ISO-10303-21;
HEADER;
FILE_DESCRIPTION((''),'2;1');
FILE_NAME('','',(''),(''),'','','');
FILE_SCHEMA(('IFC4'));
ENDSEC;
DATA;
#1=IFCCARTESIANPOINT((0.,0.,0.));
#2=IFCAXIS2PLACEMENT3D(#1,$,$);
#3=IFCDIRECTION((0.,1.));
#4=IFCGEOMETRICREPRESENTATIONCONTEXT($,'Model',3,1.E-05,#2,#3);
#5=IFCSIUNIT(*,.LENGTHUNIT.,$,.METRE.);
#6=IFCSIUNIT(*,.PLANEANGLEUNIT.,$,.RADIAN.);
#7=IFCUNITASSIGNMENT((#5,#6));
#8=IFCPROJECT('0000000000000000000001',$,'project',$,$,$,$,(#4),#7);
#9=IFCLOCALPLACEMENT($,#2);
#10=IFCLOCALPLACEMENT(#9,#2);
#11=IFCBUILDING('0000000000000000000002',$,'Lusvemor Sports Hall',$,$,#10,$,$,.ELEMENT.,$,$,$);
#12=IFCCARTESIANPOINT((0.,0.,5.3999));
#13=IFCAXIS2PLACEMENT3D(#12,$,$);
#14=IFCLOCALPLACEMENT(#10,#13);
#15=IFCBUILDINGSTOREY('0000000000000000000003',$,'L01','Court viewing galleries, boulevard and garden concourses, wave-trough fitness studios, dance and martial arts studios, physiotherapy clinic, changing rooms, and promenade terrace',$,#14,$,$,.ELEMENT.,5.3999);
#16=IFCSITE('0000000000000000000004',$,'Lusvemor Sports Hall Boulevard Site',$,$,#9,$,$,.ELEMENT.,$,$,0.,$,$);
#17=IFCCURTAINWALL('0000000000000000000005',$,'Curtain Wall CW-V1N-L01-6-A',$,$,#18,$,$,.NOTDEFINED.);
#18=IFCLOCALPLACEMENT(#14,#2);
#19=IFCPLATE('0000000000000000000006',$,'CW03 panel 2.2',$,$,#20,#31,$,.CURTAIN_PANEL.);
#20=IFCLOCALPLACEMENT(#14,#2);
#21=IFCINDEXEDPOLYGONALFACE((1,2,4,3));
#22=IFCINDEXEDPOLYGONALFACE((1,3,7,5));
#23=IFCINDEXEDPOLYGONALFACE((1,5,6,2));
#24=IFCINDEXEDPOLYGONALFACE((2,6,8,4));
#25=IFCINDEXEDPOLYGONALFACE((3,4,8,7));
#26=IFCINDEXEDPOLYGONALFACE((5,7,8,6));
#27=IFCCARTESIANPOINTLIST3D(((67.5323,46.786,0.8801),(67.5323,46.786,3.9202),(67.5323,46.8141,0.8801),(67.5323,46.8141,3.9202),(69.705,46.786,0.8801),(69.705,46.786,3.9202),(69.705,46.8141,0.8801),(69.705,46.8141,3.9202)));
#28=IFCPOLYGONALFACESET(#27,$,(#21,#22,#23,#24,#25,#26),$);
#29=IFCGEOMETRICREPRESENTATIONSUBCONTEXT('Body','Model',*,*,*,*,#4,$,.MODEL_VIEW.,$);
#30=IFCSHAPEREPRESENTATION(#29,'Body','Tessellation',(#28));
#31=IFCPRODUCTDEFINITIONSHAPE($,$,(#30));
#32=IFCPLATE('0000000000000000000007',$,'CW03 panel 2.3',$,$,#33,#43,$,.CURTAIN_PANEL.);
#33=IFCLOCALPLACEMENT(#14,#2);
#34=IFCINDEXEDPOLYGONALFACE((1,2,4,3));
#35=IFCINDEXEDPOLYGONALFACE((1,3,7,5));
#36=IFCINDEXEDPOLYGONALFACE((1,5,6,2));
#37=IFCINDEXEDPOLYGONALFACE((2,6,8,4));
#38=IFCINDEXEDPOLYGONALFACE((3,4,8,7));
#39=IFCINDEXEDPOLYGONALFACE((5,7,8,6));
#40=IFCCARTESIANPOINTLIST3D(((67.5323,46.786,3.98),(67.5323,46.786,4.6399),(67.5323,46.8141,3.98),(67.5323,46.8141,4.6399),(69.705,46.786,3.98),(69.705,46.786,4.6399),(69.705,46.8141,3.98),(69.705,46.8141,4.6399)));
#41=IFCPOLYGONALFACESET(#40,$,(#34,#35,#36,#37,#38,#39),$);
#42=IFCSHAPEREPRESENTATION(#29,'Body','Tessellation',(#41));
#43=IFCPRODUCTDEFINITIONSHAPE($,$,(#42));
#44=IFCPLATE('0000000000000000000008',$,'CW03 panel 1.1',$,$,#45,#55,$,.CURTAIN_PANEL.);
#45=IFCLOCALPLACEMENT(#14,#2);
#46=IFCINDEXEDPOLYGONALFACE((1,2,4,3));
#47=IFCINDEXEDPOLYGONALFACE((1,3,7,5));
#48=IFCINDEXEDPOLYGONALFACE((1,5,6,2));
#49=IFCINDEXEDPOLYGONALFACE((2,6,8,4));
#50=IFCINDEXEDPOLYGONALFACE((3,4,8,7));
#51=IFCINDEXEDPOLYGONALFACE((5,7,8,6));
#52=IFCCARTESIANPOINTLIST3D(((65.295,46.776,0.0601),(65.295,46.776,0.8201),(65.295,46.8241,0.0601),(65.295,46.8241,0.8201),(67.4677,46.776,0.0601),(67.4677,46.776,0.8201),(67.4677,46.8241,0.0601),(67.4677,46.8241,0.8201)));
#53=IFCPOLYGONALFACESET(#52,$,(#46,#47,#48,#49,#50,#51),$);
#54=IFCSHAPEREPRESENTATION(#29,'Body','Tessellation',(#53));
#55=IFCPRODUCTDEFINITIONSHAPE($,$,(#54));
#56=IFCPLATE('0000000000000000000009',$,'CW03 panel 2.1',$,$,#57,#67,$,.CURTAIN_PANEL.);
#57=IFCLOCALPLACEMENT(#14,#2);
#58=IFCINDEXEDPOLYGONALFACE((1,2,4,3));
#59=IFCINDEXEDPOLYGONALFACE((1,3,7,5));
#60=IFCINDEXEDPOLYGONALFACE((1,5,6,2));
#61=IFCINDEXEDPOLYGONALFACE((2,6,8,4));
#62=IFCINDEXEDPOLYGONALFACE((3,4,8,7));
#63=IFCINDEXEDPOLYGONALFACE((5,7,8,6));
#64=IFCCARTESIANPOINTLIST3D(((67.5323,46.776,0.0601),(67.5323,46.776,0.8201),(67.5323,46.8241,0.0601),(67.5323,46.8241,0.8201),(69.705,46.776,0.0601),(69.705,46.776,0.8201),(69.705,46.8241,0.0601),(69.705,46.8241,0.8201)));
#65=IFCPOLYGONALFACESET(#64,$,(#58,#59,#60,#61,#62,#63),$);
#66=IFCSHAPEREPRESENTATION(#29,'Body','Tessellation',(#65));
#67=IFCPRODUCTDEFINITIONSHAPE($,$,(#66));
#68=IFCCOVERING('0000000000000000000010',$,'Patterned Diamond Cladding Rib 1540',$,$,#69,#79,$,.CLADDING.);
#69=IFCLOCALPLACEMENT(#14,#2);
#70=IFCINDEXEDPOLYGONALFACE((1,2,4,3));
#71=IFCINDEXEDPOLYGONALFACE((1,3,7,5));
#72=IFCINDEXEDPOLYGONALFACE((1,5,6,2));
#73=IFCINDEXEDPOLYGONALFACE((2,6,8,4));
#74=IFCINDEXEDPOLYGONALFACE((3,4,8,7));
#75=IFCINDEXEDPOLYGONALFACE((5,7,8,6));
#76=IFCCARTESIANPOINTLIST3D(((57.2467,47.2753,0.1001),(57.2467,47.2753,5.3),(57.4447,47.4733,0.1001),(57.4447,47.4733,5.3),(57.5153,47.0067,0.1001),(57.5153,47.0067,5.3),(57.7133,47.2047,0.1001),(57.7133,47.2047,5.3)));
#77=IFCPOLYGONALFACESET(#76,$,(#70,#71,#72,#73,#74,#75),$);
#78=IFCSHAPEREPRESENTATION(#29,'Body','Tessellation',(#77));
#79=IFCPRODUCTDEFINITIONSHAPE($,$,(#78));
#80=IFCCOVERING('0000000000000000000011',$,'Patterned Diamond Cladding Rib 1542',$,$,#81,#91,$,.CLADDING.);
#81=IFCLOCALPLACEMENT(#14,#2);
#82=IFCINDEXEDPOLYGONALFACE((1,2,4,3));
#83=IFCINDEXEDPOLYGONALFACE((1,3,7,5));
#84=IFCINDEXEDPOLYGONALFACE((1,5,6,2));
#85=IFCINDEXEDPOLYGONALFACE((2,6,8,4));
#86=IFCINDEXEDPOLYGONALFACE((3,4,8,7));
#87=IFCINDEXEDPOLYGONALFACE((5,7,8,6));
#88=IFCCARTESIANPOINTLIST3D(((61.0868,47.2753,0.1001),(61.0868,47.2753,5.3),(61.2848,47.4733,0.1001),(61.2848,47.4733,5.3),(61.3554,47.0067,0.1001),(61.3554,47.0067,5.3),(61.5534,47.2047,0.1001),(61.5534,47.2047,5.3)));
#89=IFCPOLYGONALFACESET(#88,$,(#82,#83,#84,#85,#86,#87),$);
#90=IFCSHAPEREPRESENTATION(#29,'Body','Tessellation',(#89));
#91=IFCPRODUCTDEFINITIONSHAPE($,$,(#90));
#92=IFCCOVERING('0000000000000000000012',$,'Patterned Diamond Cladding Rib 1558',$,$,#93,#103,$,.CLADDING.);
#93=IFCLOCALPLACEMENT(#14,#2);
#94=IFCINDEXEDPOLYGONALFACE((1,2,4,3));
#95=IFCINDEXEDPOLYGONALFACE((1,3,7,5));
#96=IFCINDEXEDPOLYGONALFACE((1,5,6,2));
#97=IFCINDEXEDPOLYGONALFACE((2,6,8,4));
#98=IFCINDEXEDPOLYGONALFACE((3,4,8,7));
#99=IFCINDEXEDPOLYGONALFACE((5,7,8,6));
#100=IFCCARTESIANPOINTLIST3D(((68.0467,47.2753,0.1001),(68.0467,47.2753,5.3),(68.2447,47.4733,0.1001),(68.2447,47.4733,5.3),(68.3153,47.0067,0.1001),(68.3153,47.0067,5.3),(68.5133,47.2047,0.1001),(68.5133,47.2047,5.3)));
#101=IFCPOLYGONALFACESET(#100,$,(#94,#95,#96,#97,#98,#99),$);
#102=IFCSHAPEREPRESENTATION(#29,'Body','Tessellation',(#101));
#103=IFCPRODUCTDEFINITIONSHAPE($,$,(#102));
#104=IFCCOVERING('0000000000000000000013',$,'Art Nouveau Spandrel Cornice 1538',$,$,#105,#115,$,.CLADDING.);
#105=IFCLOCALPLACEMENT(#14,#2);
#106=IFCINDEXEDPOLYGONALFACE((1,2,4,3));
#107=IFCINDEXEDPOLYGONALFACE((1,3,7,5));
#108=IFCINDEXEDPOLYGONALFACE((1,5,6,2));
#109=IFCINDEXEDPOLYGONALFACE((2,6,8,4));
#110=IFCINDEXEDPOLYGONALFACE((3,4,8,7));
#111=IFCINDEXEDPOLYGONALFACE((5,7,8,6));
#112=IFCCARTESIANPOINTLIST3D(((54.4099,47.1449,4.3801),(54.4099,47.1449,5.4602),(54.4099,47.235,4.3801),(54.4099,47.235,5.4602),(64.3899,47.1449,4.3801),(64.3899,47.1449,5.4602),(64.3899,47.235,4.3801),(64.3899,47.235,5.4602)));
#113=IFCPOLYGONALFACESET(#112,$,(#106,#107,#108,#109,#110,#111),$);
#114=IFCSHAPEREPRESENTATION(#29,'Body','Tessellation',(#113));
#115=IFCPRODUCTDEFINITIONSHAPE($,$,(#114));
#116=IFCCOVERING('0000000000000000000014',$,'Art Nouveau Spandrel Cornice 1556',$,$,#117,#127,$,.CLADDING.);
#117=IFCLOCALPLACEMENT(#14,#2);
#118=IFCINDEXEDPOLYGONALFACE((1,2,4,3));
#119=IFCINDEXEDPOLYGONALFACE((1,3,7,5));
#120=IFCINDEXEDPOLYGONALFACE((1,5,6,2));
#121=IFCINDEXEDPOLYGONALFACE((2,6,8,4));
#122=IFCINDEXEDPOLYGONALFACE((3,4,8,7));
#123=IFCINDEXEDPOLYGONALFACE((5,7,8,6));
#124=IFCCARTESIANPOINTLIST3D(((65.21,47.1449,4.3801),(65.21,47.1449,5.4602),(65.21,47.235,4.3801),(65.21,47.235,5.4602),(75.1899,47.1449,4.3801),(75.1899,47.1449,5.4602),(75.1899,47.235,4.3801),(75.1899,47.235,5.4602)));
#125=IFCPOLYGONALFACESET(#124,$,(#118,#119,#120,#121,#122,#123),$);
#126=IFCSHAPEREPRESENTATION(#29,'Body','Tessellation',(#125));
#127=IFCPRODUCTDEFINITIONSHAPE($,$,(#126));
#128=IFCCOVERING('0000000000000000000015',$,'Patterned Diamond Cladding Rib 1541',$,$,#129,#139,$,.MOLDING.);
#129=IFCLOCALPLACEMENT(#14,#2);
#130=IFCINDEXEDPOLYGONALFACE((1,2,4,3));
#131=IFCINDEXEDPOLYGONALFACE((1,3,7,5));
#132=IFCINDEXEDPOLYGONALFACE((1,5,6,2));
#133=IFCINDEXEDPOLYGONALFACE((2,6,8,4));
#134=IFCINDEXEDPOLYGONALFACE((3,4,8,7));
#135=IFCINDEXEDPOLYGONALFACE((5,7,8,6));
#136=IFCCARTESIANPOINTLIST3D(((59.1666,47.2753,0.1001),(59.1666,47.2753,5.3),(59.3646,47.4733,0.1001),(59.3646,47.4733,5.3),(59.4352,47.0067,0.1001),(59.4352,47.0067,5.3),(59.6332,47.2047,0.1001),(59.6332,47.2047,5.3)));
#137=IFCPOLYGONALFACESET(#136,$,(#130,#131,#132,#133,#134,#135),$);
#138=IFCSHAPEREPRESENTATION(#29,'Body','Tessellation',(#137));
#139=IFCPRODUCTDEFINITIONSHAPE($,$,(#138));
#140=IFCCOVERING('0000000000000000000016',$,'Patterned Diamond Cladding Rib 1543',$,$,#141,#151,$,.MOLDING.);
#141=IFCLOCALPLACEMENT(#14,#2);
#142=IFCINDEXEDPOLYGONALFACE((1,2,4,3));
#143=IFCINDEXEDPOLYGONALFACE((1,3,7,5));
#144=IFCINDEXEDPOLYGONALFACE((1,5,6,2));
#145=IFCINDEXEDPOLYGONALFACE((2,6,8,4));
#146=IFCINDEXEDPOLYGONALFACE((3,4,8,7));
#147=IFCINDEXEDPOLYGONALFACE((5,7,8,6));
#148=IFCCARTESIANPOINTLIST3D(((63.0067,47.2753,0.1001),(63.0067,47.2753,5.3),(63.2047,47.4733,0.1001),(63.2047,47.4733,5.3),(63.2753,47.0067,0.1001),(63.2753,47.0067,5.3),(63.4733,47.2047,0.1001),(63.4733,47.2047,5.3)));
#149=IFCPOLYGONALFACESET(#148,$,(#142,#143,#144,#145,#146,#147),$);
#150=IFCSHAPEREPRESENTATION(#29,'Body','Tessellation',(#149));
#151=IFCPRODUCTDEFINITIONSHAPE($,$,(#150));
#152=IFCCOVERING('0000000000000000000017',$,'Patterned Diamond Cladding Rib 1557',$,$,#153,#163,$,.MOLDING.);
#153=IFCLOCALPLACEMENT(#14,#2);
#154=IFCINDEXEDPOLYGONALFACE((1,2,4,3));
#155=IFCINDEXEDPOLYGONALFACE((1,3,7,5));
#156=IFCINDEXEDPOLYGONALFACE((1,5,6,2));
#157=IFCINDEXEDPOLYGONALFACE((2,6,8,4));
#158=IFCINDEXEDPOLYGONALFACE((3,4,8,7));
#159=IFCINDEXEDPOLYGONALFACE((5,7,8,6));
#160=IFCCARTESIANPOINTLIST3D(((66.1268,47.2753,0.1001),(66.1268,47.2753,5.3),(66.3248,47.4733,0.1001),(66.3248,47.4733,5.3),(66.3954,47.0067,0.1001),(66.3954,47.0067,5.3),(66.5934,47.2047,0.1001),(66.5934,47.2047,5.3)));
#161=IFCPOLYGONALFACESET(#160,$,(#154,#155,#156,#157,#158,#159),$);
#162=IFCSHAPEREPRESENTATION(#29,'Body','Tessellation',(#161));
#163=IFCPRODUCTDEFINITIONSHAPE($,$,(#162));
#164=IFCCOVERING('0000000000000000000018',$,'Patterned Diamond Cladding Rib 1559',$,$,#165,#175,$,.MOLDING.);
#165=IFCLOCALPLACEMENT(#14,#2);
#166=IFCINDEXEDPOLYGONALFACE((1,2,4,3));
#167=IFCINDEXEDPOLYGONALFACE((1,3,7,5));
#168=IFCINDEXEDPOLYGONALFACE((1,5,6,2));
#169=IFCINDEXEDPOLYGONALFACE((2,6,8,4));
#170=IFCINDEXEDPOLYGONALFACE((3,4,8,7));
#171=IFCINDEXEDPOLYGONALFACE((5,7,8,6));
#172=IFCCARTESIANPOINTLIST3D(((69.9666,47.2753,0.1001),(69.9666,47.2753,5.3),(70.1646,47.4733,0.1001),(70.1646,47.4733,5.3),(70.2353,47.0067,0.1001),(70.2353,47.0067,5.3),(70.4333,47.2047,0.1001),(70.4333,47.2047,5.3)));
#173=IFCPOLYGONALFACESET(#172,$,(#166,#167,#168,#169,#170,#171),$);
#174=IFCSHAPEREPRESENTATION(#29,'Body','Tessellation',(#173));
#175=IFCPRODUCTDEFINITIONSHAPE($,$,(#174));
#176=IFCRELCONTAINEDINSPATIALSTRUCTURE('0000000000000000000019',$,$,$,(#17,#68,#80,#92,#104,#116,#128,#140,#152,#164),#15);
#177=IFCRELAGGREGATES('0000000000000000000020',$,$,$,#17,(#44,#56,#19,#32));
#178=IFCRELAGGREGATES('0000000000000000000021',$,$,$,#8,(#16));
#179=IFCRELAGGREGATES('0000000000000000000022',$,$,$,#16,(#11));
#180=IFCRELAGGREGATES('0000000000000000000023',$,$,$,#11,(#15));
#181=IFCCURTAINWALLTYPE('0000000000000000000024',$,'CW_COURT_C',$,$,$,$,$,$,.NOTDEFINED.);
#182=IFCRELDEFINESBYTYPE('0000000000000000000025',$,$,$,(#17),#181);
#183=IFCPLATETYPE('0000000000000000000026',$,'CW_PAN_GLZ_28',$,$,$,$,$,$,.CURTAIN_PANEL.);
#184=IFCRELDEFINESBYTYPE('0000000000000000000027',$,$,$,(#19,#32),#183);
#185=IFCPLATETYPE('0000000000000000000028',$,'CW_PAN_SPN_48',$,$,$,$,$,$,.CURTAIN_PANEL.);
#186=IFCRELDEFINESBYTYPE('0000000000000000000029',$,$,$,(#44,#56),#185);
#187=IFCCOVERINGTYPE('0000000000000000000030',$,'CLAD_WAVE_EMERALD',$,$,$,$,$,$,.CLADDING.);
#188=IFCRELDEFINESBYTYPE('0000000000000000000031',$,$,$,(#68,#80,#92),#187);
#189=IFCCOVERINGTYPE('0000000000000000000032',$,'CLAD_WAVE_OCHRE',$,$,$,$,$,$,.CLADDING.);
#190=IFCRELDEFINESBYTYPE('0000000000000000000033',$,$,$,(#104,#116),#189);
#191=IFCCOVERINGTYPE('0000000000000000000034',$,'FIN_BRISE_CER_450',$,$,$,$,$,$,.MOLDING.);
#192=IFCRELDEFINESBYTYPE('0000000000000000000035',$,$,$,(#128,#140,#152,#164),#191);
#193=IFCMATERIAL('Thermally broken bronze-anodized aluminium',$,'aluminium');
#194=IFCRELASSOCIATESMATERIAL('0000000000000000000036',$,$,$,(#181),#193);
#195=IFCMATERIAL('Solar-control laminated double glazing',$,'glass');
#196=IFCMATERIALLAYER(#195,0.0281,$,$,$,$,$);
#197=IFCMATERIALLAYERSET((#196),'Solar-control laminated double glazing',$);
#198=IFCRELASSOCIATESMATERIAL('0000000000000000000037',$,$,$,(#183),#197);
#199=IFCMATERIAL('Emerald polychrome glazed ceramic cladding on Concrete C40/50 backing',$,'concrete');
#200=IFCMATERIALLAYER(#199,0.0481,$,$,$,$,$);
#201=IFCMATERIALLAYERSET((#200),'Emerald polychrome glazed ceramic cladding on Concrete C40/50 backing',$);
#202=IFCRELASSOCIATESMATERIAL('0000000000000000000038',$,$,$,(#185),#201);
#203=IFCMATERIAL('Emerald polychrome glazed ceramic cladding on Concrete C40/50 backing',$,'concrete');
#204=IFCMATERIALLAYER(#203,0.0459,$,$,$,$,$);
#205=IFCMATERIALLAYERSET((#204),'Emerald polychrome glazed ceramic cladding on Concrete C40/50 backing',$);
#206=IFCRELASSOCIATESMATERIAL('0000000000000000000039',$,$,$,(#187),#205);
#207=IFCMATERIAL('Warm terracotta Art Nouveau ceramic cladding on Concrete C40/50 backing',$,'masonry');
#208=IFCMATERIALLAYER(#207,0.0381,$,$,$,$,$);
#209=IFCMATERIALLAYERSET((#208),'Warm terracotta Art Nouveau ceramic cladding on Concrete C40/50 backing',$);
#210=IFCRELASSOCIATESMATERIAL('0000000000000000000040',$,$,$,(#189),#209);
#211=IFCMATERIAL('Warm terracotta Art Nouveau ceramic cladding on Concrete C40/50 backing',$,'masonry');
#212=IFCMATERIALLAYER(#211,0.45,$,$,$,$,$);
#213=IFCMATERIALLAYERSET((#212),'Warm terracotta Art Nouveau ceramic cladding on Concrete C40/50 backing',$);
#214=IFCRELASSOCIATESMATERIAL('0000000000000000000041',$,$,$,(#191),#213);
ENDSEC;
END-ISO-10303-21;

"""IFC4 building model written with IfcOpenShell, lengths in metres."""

from ifc_helpers import new_model, si_unit, direction, frame, origin, origin_2d, place, context, subcontext, project, spatial, rectangle, extrude, material, layer, layer_set, type_object, element, aggregate, save


model = new_model("IFC4")

# Units and contexts
model_context = context("Model", 3, precision=1e-05, world=origin(), true_north=direction((0.0, 1.0)))
body_context = subcontext(model_context, "Body", "Model", "MODEL_VIEW")
ifc_project = project(units=[si_unit("LENGTHUNIT", "METRE"), si_unit("PLANEANGLEUNIT", "RADIAN")], contexts=[model_context])

# Site, building, storey
site_placement = place(None, origin())
site = spatial("IfcSite", under=ifc_project, at=site_placement, Name="Lusvemor Sports Hall Boulevard Site", CompositionType="ELEMENT", RefElevation=0.0)
building_placement = place(site_placement, origin())
building = spatial("IfcBuilding", under=site, at=building_placement, Name="Lusvemor Sports Hall", CompositionType="ELEMENT")
storey_placement = place(building_placement, frame((0.0, 0.0, 5.3999)))
storey = spatial("IfcBuildingStorey", under=building, at=storey_placement, Name="L01", Description="Court viewing galleries, boulevard and garden concourses, wave-trough fitness studios, dance and martial arts studios, physiotherapy clinic, changing rooms, and promenade terrace", CompositionType="ELEMENT", Elevation=5.3999)

# Shared definitions
ifc_material_1 = material(Name="Thermally broken bronze-anodized aluminium", Category="aluminium")
curtain_wall_type = type_object("IfcCurtainWallType", Name="CW_COURT_C", PredefinedType="NOTDEFINED", material=ifc_material_1)

# Curtain wall
curtain_wall_1_placement = place(storey_placement, origin())
curtain_wall_1 = element("IfcCurtainWall", 1, at=curtain_wall_1_placement, inside=storey, type_object=curtain_wall_type, Name="Curtain Wall CW-V1N-L01-6-A", PredefinedType="NOTDEFINED")

# Plates
ifc_material_2 = material(Name="Solar-control laminated double glazing", Category="glass")
ifc_layer_1 = layer(ifc_material_2, 0.0281)
ifc_layer_set_1 = layer_set([ifc_layer_1], Name="Solar-control laminated double glazing")
plate_type_1 = type_object("IfcPlateType", Name="CW_PAN_GLZ_28", PredefinedType="CURTAIN_PANEL", material=ifc_layer_set_1)
plate_1_placement = place(storey_placement, frame((68.6187, 46.8, 0.8801), z_axis=(0.0, 0.0, 1.0), x_axis=(1.0, 0.0, 0.0)))
plate_1 = element("IfcPlate", 2, at=plate_1_placement, type_object=plate_type_1, Name="CW03 panel 2.2", PredefinedType="CURTAIN_PANEL", context=body_context, shape_type="SweptSolid", body=[
    extrude(rectangle(XDim=2.1726, YDim=0.0281, at=origin_2d()), origin(), (0.0, 0.0, 1.0), 3.04),
])
plate_2_placement = place(storey_placement, frame((68.6187, 46.8, 3.98), z_axis=(0.0, 0.0, 1.0), x_axis=(1.0, 0.0, 0.0)))
plate_2 = element("IfcPlate", 3, at=plate_2_placement, type_object=plate_type_1, Name="CW03 panel 2.3", PredefinedType="CURTAIN_PANEL", context=body_context, shape_type="SweptSolid", body=[
    extrude(rectangle(XDim=2.1726, YDim=0.0281, at=origin_2d()), origin(), (0.0, 0.0, 1.0), 0.6599),
])
ifc_material_3 = material(Name="Emerald polychrome glazed ceramic cladding on Concrete C40/50 backing", Category="concrete")
ifc_layer_2 = layer(ifc_material_3, 0.0481)
ifc_layer_set_2 = layer_set([ifc_layer_2], Name="Emerald polychrome glazed ceramic cladding on Concrete C40/50 backing")
plate_type_2 = type_object("IfcPlateType", Name="CW_PAN_SPN_48", PredefinedType="CURTAIN_PANEL", material=ifc_layer_set_2)
plate_3_placement = place(storey_placement, frame((66.3813, 46.8, 0.0601), z_axis=(0.0, 0.0, 1.0), x_axis=(1.0, 0.0, 0.0)))
plate_3 = element("IfcPlate", 4, at=plate_3_placement, type_object=plate_type_2, Name="CW03 panel 1.1", PredefinedType="CURTAIN_PANEL", context=body_context, shape_type="SweptSolid", body=[
    extrude(rectangle(XDim=2.1726, YDim=0.0481, at=origin_2d()), origin(), (0.0, 0.0, 1.0), 0.76),
])
plate_4_placement = place(storey_placement, frame((68.6187, 46.8, 0.0601), z_axis=(0.0, 0.0, 1.0), x_axis=(1.0, 0.0, 0.0)))
plate_4 = element("IfcPlate", 5, at=plate_4_placement, type_object=plate_type_2, Name="CW03 panel 2.1", PredefinedType="CURTAIN_PANEL", context=body_context, shape_type="SweptSolid", body=[
    extrude(rectangle(XDim=2.1726, YDim=0.0481, at=origin_2d()), origin(), (0.0, 0.0, 1.0), 0.76),
])
aggregate(curtain_wall_1, [plate_3, plate_4, plate_1, plate_2])

# Coverings
ifc_material_4 = material(Name="Emerald polychrome glazed ceramic cladding on Concrete C40/50 backing", Category="concrete")
ifc_layer_3 = layer(ifc_material_4, 0.0459)
ifc_layer_set_3 = layer_set([ifc_layer_3], Name="Emerald polychrome glazed ceramic cladding on Concrete C40/50 backing")
covering_type_1 = type_object("IfcCoveringType", Name="CLAD_WAVE_EMERALD", PredefinedType="CLADDING", material=ifc_layer_set_3)
for number, where, z_axis, x_axis, name in (
    (6, (57.48, 47.24, 0.1001), (0.0, 0.0, 1.0), (0.707107, 0.707107, 0.0), "Patterned Diamond Cladding Rib 1540"),
    (7, (61.3201, 47.24, 0.1001), (0.0, 0.0, 1.0), (0.707107, 0.707107, 0.0), "Patterned Diamond Cladding Rib 1542"),
    (8, (68.28, 47.24, 0.1001), (0.0, 0.0, 1.0), (0.707107, 0.707107, 0.0), "Patterned Diamond Cladding Rib 1558"),
):
    element("IfcCovering", number, at=place(storey_placement, frame(where, z_axis=z_axis, x_axis=x_axis)), inside=storey, type_object=covering_type_1, Name=name, PredefinedType="CLADDING", context=body_context, shape_type="SweptSolid", body=[
        extrude(rectangle(XDim=0.28, YDim=0.3799, at=origin_2d()), origin(), (0.0, 0.0, 1.0), 5.2),
    ])
ifc_material_5 = material(Name="Warm terracotta Art Nouveau ceramic cladding on Concrete C40/50 backing", Category="masonry")
ifc_layer_4 = layer(ifc_material_5, 0.0381)
ifc_layer_set_4 = layer_set([ifc_layer_4], Name="Warm terracotta Art Nouveau ceramic cladding on Concrete C40/50 backing")
covering_type_2 = type_object("IfcCoveringType", Name="CLAD_WAVE_OCHRE", PredefinedType="CLADDING", material=ifc_layer_set_4)
for number, where, z_axis, x_axis, name in (
    (9, (59.3999, 47.1899, 4.3801), (0.0, 0.0, 1.0), (1.0, 0.0, 0.0), "Art Nouveau Spandrel Cornice 1538"),
    (10, (70.2, 47.1899, 4.3801), (0.0, 0.0, 1.0), (1.0, 0.0, 0.0), "Art Nouveau Spandrel Cornice 1556"),
):
    element("IfcCovering", number, at=place(storey_placement, frame(where, z_axis=z_axis, x_axis=x_axis)), inside=storey, type_object=covering_type_2, Name=name, PredefinedType="CLADDING", context=body_context, shape_type="SweptSolid", body=[
        extrude(rectangle(XDim=9.98, YDim=0.0901, at=origin_2d()), origin(), (0.0, 0.0, 1.0), 1.0801),
    ])
ifc_material_6 = material(Name="Warm terracotta Art Nouveau ceramic cladding on Concrete C40/50 backing", Category="masonry")
ifc_layer_5 = layer(ifc_material_6, 0.45)
ifc_layer_set_5 = layer_set([ifc_layer_5], Name="Warm terracotta Art Nouveau ceramic cladding on Concrete C40/50 backing")
covering_type_3 = type_object("IfcCoveringType", Name="FIN_BRISE_CER_450", PredefinedType="MOLDING", material=ifc_layer_set_5)
for number, where, z_axis, x_axis, name in (
    (11, (59.3999, 47.24, 0.1001), (0.0, 0.0, 1.0), (0.707107, 0.707107, 0.0), "Patterned Diamond Cladding Rib 1541"),
    (12, (63.24, 47.24, 0.1001), (0.0, 0.0, 1.0), (0.707107, 0.707107, 0.0), "Patterned Diamond Cladding Rib 1543"),
    (13, (66.3601, 47.24, 0.1001), (0.0, 0.0, 1.0), (0.707107, 0.707107, 0.0), "Patterned Diamond Cladding Rib 1557"),
    (14, (70.2, 47.24, 0.1001), (0.0, 0.0, 1.0), (0.707107, 0.707107, 0.0), "Patterned Diamond Cladding Rib 1559"),
):
    element("IfcCovering", number, at=place(storey_placement, frame(where, z_axis=z_axis, x_axis=x_axis)), inside=storey, type_object=covering_type_3, Name=name, PredefinedType="MOLDING", context=body_context, shape_type="SweptSolid", body=[
        extrude(rectangle(XDim=0.28, YDim=0.3799, at=origin_2d()), origin(), (0.0, 0.0, 1.0), 5.2),
    ])

save(model, "model.ifc")
